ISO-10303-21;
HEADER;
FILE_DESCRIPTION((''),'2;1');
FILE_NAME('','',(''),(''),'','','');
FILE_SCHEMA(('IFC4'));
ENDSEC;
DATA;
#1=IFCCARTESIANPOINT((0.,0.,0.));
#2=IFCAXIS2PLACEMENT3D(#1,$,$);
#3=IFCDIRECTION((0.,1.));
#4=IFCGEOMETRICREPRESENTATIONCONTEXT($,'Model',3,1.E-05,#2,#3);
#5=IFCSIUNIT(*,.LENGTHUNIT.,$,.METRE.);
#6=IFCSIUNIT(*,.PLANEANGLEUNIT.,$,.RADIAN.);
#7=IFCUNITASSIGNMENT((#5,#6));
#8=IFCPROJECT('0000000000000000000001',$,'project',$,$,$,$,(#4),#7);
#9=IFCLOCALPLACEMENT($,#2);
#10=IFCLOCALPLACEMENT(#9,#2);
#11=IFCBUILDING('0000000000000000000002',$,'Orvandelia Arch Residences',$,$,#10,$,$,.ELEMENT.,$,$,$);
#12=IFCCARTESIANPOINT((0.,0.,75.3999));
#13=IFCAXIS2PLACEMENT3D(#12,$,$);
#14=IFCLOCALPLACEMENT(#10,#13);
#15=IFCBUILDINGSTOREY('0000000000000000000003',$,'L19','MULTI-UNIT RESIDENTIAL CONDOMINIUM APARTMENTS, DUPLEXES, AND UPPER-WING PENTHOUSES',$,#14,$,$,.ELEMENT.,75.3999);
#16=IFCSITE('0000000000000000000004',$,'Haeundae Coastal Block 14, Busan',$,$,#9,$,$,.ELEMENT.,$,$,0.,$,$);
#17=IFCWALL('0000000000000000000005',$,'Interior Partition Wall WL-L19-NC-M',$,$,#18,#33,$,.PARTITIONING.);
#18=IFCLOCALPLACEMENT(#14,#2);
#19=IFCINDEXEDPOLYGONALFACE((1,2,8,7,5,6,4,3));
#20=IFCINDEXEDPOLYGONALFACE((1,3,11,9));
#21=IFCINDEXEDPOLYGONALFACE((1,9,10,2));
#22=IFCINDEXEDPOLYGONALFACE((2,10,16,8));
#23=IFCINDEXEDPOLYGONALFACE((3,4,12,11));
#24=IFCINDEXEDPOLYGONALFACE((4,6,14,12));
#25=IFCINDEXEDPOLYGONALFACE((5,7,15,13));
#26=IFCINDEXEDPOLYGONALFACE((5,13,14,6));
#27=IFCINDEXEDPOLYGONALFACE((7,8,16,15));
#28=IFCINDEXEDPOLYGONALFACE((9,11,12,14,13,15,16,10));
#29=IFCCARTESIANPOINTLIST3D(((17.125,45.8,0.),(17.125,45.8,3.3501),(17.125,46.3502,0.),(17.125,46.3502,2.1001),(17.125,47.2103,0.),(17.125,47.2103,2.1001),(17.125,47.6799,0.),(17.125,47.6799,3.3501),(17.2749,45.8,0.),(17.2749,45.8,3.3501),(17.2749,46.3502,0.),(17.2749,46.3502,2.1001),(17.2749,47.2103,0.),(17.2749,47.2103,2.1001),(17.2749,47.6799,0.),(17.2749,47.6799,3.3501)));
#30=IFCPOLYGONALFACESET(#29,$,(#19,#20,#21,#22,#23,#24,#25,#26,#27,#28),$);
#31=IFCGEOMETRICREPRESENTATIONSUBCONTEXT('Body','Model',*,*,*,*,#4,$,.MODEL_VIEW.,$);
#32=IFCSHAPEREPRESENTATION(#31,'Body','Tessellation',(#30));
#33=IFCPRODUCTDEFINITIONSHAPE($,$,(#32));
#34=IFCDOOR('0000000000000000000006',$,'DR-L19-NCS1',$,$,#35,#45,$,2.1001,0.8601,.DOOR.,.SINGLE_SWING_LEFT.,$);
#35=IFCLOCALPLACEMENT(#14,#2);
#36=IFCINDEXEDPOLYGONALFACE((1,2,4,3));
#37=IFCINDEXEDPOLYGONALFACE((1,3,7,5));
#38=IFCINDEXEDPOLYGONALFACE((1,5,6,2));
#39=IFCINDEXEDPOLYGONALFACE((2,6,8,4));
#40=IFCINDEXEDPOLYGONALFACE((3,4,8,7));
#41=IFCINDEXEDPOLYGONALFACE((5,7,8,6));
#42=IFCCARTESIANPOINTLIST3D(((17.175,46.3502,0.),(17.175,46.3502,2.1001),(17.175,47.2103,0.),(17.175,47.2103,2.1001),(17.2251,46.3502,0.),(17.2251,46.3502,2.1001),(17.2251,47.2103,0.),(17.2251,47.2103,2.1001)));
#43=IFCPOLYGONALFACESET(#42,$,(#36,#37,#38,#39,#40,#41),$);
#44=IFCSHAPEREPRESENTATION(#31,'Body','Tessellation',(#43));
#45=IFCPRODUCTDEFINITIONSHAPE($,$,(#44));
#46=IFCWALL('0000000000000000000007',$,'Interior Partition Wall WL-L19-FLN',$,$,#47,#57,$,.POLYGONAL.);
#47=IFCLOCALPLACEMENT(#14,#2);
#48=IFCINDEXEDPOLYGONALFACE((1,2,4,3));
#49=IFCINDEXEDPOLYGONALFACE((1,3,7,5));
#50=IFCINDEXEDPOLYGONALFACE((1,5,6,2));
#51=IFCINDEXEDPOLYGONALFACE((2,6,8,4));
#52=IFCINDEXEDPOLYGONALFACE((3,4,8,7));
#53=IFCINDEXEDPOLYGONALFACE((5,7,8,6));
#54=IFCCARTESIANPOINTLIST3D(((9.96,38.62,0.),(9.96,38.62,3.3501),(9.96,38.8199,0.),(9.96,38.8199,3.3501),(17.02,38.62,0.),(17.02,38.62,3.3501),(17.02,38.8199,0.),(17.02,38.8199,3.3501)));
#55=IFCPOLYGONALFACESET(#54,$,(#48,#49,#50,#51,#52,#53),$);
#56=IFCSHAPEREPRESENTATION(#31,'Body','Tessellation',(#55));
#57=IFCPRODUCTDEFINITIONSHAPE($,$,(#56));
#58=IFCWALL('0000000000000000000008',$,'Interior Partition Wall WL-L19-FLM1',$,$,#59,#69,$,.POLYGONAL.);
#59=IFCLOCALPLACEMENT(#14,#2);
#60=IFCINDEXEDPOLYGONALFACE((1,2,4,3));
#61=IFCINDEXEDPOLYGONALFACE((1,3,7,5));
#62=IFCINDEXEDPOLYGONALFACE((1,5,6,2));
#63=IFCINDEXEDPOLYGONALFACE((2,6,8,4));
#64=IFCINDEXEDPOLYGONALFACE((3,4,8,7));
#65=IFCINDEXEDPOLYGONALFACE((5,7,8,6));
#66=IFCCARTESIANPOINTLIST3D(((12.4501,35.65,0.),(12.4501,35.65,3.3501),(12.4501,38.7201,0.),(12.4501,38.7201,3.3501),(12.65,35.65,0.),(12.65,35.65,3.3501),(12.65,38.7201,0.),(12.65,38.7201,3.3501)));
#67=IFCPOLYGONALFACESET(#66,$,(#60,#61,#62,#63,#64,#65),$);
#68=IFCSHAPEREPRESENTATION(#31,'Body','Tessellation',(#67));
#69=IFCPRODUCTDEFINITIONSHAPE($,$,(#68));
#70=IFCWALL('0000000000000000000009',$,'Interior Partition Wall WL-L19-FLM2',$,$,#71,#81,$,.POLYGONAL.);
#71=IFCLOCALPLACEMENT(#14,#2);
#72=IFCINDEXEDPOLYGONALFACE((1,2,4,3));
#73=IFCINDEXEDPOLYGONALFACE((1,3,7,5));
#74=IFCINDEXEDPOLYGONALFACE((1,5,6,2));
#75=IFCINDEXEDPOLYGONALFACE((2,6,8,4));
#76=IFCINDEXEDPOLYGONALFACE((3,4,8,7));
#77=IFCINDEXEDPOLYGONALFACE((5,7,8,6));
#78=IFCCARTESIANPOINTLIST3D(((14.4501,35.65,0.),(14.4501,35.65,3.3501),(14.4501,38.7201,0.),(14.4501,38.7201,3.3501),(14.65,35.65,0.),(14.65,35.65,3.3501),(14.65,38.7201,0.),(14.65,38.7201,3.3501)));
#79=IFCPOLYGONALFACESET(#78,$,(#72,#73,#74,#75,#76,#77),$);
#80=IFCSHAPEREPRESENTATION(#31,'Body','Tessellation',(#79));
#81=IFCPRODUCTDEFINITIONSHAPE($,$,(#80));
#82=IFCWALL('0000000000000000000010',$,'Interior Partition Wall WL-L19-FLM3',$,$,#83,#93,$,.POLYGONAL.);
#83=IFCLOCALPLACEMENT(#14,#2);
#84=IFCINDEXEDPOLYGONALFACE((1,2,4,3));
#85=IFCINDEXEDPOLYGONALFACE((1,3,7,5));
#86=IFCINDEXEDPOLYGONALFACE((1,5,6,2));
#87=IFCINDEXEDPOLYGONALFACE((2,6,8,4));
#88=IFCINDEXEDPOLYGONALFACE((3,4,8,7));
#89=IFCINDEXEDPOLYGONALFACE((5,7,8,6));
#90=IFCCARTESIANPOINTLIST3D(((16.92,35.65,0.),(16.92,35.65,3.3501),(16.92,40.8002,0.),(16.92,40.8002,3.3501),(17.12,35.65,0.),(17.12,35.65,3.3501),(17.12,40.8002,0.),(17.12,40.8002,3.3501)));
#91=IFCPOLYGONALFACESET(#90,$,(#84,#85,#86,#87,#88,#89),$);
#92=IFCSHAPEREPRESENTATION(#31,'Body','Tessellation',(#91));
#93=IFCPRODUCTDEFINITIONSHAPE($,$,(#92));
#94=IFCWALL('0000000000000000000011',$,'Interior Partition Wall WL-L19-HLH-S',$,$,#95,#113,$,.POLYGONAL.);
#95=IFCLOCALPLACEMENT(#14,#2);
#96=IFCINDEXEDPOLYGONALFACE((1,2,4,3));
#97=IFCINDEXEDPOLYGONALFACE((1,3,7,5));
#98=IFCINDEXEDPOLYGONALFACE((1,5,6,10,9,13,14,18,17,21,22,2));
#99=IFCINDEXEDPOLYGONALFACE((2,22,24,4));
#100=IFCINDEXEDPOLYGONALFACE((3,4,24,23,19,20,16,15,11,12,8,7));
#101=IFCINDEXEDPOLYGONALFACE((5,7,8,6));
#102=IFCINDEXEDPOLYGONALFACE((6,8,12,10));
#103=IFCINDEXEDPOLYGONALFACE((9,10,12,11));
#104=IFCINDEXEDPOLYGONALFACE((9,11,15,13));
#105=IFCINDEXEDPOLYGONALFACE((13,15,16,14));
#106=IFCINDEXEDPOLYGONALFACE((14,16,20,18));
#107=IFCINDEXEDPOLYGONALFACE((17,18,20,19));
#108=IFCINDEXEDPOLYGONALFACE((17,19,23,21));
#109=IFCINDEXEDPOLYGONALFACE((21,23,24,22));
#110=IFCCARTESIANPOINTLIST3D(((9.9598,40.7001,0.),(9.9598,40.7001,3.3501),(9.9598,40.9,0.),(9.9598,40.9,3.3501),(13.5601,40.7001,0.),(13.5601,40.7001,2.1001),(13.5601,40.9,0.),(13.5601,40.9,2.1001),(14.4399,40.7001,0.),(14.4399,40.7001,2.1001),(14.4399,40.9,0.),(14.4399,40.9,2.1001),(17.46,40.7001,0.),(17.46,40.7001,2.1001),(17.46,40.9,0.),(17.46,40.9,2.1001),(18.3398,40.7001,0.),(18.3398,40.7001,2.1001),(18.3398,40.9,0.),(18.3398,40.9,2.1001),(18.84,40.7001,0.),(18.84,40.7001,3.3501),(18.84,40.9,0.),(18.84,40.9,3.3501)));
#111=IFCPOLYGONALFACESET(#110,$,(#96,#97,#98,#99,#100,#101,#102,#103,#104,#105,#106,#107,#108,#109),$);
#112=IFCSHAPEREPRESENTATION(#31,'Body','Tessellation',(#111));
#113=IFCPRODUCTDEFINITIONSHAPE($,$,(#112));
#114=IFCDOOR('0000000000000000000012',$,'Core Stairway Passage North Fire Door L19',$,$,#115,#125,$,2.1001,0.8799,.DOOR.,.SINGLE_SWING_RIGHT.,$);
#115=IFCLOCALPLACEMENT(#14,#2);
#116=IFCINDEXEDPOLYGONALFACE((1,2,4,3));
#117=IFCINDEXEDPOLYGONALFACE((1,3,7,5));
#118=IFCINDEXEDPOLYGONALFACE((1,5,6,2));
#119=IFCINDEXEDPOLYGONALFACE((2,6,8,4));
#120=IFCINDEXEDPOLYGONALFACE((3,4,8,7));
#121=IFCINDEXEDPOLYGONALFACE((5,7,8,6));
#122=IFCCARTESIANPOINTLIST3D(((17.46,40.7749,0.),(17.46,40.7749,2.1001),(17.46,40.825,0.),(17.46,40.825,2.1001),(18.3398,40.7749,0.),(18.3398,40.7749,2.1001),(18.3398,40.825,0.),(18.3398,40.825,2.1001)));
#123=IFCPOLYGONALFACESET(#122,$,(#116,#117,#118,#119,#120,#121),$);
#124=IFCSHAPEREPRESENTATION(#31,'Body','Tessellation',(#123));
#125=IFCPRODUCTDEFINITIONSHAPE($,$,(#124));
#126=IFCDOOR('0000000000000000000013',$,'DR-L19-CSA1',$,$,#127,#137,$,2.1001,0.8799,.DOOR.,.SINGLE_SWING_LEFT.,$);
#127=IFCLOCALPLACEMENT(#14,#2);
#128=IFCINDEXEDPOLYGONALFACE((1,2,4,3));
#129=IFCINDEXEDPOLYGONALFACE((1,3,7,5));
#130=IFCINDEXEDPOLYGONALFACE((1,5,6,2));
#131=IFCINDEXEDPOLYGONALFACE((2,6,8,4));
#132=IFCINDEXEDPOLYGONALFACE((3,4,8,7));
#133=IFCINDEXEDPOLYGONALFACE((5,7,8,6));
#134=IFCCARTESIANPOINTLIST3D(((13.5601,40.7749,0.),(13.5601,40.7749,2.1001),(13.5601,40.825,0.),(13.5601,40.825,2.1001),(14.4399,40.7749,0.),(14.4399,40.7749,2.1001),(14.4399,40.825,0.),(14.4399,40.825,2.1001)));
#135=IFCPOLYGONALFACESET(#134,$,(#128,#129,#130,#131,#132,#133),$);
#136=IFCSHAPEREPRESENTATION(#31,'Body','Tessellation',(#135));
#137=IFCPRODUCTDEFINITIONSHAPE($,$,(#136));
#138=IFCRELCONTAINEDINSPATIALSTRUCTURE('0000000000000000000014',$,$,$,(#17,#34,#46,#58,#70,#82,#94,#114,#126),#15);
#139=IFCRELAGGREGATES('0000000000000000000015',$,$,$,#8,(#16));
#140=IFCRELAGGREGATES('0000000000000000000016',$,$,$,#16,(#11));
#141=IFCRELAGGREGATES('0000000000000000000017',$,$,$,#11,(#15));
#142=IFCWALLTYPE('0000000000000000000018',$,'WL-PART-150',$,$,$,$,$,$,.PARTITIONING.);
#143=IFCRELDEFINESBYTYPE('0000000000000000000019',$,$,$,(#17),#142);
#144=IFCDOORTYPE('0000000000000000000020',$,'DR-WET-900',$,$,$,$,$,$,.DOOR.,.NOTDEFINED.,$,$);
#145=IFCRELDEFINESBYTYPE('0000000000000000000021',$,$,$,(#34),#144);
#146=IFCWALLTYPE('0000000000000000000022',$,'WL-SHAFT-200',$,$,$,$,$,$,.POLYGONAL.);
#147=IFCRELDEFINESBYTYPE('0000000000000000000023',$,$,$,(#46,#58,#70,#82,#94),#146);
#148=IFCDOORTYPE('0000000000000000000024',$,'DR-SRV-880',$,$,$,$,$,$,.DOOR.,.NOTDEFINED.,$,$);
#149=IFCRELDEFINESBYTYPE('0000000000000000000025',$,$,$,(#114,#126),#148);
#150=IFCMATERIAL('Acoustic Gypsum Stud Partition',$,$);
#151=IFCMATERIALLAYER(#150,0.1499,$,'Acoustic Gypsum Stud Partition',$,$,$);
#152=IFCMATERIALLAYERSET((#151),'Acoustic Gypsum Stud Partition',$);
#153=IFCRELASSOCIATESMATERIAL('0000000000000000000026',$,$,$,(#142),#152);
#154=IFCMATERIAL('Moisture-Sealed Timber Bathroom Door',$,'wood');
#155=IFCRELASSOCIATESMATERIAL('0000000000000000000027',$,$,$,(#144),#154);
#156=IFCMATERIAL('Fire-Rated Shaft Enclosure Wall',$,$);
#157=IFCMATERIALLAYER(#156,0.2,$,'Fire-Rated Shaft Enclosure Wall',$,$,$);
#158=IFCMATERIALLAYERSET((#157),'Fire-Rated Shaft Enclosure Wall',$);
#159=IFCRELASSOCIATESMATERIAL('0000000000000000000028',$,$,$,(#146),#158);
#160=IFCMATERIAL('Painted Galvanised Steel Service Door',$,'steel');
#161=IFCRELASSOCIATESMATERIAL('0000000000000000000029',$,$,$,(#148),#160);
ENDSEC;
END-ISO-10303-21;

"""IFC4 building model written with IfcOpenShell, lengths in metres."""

from ifc_helpers import new_model, si_unit, direction, frame, frame_2d, origin, place, context, subcontext, project, spatial, rectangle, extrude, material, layer, layer_set, type_object, element, fill, save


model = new_model("IFC4")

# Units and contexts
model_context = context("Model", 3, precision=1e-05, world=origin(), true_north=direction((0.0, 1.0)))
body_context = subcontext(model_context, "Body", "Model", "MODEL_VIEW")
ifc_project = project(units=[si_unit("LENGTHUNIT", "METRE"), si_unit("PLANEANGLEUNIT", "RADIAN")], contexts=[model_context])

# Site, building, storey
site_placement = place(None, origin())
site = spatial("IfcSite", under=ifc_project, at=site_placement, Name="Haeundae Coastal Block 14, Busan", CompositionType="ELEMENT", RefElevation=0.0)
building_placement = place(site_placement, origin())
building = spatial("IfcBuilding", under=site, at=building_placement, Name="Orvandelia Arch Residences", CompositionType="ELEMENT")
storey_placement = place(building_placement, frame((0.0, 0.0, 75.3999)))
storey = spatial("IfcBuildingStorey", under=building, at=storey_placement, Name="L19", Description="MULTI-UNIT RESIDENTIAL CONDOMINIUM APARTMENTS, DUPLEXES, AND UPPER-WING PENTHOUSES", CompositionType="ELEMENT", Elevation=75.3999)

# Wall, opening, door
ifc_material_1 = material(Name="Acoustic Gypsum Stud Partition")
ifc_layer_1 = layer(ifc_material_1, 0.1499, Name="Acoustic Gypsum Stud Partition")
ifc_layer_set_1 = layer_set([ifc_layer_1], Name="Acoustic Gypsum Stud Partition")
wall_type_1 = type_object("IfcWallType", Name="WL-PART-150", PredefinedType="PARTITIONING", material=ifc_layer_set_1)
wall_1_placement = place(storey_placement, frame((17.2, 45.8, 0.0), z_axis=(0.0, 0.0, 1.0), x_axis=(0.0, 1.0, 0.0)))
wall_1 = element("IfcWall", 1, at=wall_1_placement, inside=storey, type_object=wall_type_1, Name="Interior Partition Wall WL-L19-NC-M", PredefinedType="PARTITIONING", context=body_context, shape_type="SweptSolid", body=[
    extrude(rectangle(XDim=1.8799, YDim=0.1499, at=frame_2d((0.9399, 0.0))), origin(), (0.0, 0.0, 1.0), 3.3501),
])
opening_1_placement = place(wall_1_placement, frame((0.55, 0.0, 0.0)))
opening_1 = element("IfcOpeningElement", 2, at=opening_1_placement, cuts=wall_1, PredefinedType="OPENING", context=body_context, shape_type="SweptSolid", body=[
    extrude(rectangle(XDim=0.8601, YDim=2.1001, at=frame_2d((0.4302, 1.05))), frame((0.0, 0.085, 0.0), z_axis=(0.0, -1.0, 0.0), x_axis=(1.0, 0.0, 0.0)), (0.0, 0.0, 1.0), 0.1699),
])
ifc_material_2 = material(Name="Moisture-Sealed Timber Bathroom Door", Category="wood")
door_type_1 = type_object("IfcDoorType", Name="DR-WET-900", OperationType="NOTDEFINED", PredefinedType="DOOR", material=ifc_material_2)
door_1_placement = place(opening_1_placement, origin())
door_1 = element("IfcDoor", 3, at=door_1_placement, inside=storey, type_object=door_type_1, Name="DR-L19-NCS1", OperationType="SINGLE_SWING_LEFT", OverallHeight=2.1001, OverallWidth=0.8601, PredefinedType="DOOR", context=body_context, shape_type="SweptSolid", body=[
    extrude(rectangle(XDim=0.8601, YDim=2.1001, at=frame_2d((0.4302, 1.05))), frame((0.0, 0.0249, 0.0), z_axis=(0.0, -1.0, 0.0), x_axis=(1.0, 0.0, 0.0)), (0.0, 0.0, 1.0), 0.05),
])
fill(opening_1, door_1)

# Walls
ifc_material_3 = material(Name="Fire-Rated Shaft Enclosure Wall")
ifc_layer_2 = layer(ifc_material_3, 0.2, Name="Fire-Rated Shaft Enclosure Wall")
ifc_layer_set_2 = layer_set([ifc_layer_2], Name="Fire-Rated Shaft Enclosure Wall")
wall_type_2 = type_object("IfcWallType", Name="WL-SHAFT-200", PredefinedType="POLYGONAL", material=ifc_layer_set_2)
wall_2_placement = place(storey_placement, frame((9.96, 38.72, 0.0), z_axis=(0.0, 0.0, 1.0), x_axis=(1.0, 0.0, 0.0)))
element("IfcWall", 4, at=wall_2_placement, inside=storey, type_object=wall_type_2, Name="Interior Partition Wall WL-L19-FLN", PredefinedType="POLYGONAL", context=body_context, shape_type="SweptSolid", body=[
    extrude(rectangle(XDim=7.0601, YDim=0.2, at=frame_2d((3.53, 0.0))), origin(), (0.0, 0.0, 1.0), 3.3501),
])
for number, where, z_axis, x_axis, name in (
    (5, (12.55, 35.6499, 0.0), (0.0, 0.0, 1.0), (0.0, 1.0, 0.0), "Interior Partition Wall WL-L19-FLM1"),
    (6, (14.55, 35.6499, 0.0), (0.0, 0.0, 1.0), (0.0, 1.0, 0.0), "Interior Partition Wall WL-L19-FLM2"),
):
    element("IfcWall", number, at=place(storey_placement, frame(where, z_axis=z_axis, x_axis=x_axis)), inside=storey, type_object=wall_type_2, Name=name, PredefinedType="POLYGONAL", context=body_context, shape_type="SweptSolid", body=[
        extrude(rectangle(XDim=3.0701, YDim=0.2, at=frame_2d((1.5352, 0.0))), origin(), (0.0, 0.0, 1.0), 3.3501),
    ])
wall_3_placement = place(storey_placement, frame((17.02, 35.6499, 0.0), z_axis=(0.0, 0.0, 1.0), x_axis=(0.0, 1.0, 0.0)))
element("IfcWall", 7, at=wall_3_placement, inside=storey, type_object=wall_type_2, Name="Interior Partition Wall WL-L19-FLM3", PredefinedType="POLYGONAL", context=body_context, shape_type="SweptSolid", body=[
    extrude(rectangle(XDim=5.1501, YDim=0.2, at=frame_2d((2.5752, 0.0))), origin(), (0.0, 0.0, 1.0), 3.3501),
])

# Wall, openings, doors
wall_4_placement = place(storey_placement, frame((9.96, 40.8, 0.0), z_axis=(0.0, 0.0, 1.0), x_axis=(1.0, 0.0, 0.0)))
wall_4 = element("IfcWall", 8, at=wall_4_placement, inside=storey, type_object=wall_type_2, Name="Interior Partition Wall WL-L19-HLH-S", PredefinedType="POLYGONAL", context=body_context, shape_type="SweptSolid", body=[
    extrude(rectangle(XDim=8.8801, YDim=0.2, at=frame_2d((4.4399, 0.0))), origin(), (0.0, 0.0, 1.0), 3.3501),
])
opening_2_placement = place(wall_4_placement, frame((7.5, 0.0, 0.0)))
opening_2 = element("IfcOpeningElement", 9, at=opening_2_placement, cuts=wall_4, PredefinedType="OPENING", context=body_context, shape_type="SweptSolid", body=[
    extrude(rectangle(XDim=0.8799, YDim=2.1001, at=frame_2d((0.4399, 1.05))), frame((0.0, 0.1099, 0.0), z_axis=(0.0, -1.0, 0.0), x_axis=(1.0, 0.0, 0.0)), (0.0, 0.0, 1.0), 0.22),
])
opening_3_placement = place(wall_4_placement, frame((3.6001, 0.0, 0.0)))
opening_3 = element("IfcOpeningElement", 10, at=opening_3_placement, cuts=wall_4, PredefinedType="OPENING", context=body_context, shape_type="SweptSolid", body=[
    extrude(rectangle(XDim=0.8799, YDim=2.1001, at=frame_2d((0.4399, 1.05))), frame((0.0, 0.1099, 0.0), z_axis=(0.0, -1.0, 0.0), x_axis=(1.0, 0.0, 0.0)), (0.0, 0.0, 1.0), 0.22),
])
ifc_material_4 = material(Name="Painted Galvanised Steel Service Door", Category="steel")
door_type_2 = type_object("IfcDoorType", Name="DR-SRV-880", OperationType="NOTDEFINED", PredefinedType="DOOR", material=ifc_material_4)
door_2_placement = place(opening_2_placement, origin())
door_2 = element("IfcDoor", 11, at=door_2_placement, inside=storey, type_object=door_type_2, Name="Core Stairway Passage North Fire Door L19", OperationType="SINGLE_SWING_RIGHT", OverallHeight=2.1001, OverallWidth=0.8799, PredefinedType="DOOR", context=body_context, shape_type="SweptSolid", body=[
    extrude(rectangle(XDim=0.8799, YDim=2.1001, at=frame_2d((0.4399, 1.05))), frame((0.0, 0.0249, 0.0), z_axis=(0.0, -1.0, 0.0), x_axis=(1.0, 0.0, 0.0)), (0.0, 0.0, 1.0), 0.05),
])
fill(opening_2, door_2)
door_3_placement = place(opening_3_placement, origin())
door_3 = element("IfcDoor", 12, at=door_3_placement, inside=storey, type_object=door_type_2, Name="DR-L19-CSA1", OperationType="SINGLE_SWING_LEFT", OverallHeight=2.1001, OverallWidth=0.8799, PredefinedType="DOOR", context=body_context, shape_type="SweptSolid", body=[
    extrude(rectangle(XDim=0.8799, YDim=2.1001, at=frame_2d((0.4399, 1.05))), frame((0.0, 0.0249, 0.0), z_axis=(0.0, -1.0, 0.0), x_axis=(1.0, 0.0, 0.0)), (0.0, 0.0, 1.0), 0.05),
])
fill(opening_3, door_3)

save(model, "model.ifc")
